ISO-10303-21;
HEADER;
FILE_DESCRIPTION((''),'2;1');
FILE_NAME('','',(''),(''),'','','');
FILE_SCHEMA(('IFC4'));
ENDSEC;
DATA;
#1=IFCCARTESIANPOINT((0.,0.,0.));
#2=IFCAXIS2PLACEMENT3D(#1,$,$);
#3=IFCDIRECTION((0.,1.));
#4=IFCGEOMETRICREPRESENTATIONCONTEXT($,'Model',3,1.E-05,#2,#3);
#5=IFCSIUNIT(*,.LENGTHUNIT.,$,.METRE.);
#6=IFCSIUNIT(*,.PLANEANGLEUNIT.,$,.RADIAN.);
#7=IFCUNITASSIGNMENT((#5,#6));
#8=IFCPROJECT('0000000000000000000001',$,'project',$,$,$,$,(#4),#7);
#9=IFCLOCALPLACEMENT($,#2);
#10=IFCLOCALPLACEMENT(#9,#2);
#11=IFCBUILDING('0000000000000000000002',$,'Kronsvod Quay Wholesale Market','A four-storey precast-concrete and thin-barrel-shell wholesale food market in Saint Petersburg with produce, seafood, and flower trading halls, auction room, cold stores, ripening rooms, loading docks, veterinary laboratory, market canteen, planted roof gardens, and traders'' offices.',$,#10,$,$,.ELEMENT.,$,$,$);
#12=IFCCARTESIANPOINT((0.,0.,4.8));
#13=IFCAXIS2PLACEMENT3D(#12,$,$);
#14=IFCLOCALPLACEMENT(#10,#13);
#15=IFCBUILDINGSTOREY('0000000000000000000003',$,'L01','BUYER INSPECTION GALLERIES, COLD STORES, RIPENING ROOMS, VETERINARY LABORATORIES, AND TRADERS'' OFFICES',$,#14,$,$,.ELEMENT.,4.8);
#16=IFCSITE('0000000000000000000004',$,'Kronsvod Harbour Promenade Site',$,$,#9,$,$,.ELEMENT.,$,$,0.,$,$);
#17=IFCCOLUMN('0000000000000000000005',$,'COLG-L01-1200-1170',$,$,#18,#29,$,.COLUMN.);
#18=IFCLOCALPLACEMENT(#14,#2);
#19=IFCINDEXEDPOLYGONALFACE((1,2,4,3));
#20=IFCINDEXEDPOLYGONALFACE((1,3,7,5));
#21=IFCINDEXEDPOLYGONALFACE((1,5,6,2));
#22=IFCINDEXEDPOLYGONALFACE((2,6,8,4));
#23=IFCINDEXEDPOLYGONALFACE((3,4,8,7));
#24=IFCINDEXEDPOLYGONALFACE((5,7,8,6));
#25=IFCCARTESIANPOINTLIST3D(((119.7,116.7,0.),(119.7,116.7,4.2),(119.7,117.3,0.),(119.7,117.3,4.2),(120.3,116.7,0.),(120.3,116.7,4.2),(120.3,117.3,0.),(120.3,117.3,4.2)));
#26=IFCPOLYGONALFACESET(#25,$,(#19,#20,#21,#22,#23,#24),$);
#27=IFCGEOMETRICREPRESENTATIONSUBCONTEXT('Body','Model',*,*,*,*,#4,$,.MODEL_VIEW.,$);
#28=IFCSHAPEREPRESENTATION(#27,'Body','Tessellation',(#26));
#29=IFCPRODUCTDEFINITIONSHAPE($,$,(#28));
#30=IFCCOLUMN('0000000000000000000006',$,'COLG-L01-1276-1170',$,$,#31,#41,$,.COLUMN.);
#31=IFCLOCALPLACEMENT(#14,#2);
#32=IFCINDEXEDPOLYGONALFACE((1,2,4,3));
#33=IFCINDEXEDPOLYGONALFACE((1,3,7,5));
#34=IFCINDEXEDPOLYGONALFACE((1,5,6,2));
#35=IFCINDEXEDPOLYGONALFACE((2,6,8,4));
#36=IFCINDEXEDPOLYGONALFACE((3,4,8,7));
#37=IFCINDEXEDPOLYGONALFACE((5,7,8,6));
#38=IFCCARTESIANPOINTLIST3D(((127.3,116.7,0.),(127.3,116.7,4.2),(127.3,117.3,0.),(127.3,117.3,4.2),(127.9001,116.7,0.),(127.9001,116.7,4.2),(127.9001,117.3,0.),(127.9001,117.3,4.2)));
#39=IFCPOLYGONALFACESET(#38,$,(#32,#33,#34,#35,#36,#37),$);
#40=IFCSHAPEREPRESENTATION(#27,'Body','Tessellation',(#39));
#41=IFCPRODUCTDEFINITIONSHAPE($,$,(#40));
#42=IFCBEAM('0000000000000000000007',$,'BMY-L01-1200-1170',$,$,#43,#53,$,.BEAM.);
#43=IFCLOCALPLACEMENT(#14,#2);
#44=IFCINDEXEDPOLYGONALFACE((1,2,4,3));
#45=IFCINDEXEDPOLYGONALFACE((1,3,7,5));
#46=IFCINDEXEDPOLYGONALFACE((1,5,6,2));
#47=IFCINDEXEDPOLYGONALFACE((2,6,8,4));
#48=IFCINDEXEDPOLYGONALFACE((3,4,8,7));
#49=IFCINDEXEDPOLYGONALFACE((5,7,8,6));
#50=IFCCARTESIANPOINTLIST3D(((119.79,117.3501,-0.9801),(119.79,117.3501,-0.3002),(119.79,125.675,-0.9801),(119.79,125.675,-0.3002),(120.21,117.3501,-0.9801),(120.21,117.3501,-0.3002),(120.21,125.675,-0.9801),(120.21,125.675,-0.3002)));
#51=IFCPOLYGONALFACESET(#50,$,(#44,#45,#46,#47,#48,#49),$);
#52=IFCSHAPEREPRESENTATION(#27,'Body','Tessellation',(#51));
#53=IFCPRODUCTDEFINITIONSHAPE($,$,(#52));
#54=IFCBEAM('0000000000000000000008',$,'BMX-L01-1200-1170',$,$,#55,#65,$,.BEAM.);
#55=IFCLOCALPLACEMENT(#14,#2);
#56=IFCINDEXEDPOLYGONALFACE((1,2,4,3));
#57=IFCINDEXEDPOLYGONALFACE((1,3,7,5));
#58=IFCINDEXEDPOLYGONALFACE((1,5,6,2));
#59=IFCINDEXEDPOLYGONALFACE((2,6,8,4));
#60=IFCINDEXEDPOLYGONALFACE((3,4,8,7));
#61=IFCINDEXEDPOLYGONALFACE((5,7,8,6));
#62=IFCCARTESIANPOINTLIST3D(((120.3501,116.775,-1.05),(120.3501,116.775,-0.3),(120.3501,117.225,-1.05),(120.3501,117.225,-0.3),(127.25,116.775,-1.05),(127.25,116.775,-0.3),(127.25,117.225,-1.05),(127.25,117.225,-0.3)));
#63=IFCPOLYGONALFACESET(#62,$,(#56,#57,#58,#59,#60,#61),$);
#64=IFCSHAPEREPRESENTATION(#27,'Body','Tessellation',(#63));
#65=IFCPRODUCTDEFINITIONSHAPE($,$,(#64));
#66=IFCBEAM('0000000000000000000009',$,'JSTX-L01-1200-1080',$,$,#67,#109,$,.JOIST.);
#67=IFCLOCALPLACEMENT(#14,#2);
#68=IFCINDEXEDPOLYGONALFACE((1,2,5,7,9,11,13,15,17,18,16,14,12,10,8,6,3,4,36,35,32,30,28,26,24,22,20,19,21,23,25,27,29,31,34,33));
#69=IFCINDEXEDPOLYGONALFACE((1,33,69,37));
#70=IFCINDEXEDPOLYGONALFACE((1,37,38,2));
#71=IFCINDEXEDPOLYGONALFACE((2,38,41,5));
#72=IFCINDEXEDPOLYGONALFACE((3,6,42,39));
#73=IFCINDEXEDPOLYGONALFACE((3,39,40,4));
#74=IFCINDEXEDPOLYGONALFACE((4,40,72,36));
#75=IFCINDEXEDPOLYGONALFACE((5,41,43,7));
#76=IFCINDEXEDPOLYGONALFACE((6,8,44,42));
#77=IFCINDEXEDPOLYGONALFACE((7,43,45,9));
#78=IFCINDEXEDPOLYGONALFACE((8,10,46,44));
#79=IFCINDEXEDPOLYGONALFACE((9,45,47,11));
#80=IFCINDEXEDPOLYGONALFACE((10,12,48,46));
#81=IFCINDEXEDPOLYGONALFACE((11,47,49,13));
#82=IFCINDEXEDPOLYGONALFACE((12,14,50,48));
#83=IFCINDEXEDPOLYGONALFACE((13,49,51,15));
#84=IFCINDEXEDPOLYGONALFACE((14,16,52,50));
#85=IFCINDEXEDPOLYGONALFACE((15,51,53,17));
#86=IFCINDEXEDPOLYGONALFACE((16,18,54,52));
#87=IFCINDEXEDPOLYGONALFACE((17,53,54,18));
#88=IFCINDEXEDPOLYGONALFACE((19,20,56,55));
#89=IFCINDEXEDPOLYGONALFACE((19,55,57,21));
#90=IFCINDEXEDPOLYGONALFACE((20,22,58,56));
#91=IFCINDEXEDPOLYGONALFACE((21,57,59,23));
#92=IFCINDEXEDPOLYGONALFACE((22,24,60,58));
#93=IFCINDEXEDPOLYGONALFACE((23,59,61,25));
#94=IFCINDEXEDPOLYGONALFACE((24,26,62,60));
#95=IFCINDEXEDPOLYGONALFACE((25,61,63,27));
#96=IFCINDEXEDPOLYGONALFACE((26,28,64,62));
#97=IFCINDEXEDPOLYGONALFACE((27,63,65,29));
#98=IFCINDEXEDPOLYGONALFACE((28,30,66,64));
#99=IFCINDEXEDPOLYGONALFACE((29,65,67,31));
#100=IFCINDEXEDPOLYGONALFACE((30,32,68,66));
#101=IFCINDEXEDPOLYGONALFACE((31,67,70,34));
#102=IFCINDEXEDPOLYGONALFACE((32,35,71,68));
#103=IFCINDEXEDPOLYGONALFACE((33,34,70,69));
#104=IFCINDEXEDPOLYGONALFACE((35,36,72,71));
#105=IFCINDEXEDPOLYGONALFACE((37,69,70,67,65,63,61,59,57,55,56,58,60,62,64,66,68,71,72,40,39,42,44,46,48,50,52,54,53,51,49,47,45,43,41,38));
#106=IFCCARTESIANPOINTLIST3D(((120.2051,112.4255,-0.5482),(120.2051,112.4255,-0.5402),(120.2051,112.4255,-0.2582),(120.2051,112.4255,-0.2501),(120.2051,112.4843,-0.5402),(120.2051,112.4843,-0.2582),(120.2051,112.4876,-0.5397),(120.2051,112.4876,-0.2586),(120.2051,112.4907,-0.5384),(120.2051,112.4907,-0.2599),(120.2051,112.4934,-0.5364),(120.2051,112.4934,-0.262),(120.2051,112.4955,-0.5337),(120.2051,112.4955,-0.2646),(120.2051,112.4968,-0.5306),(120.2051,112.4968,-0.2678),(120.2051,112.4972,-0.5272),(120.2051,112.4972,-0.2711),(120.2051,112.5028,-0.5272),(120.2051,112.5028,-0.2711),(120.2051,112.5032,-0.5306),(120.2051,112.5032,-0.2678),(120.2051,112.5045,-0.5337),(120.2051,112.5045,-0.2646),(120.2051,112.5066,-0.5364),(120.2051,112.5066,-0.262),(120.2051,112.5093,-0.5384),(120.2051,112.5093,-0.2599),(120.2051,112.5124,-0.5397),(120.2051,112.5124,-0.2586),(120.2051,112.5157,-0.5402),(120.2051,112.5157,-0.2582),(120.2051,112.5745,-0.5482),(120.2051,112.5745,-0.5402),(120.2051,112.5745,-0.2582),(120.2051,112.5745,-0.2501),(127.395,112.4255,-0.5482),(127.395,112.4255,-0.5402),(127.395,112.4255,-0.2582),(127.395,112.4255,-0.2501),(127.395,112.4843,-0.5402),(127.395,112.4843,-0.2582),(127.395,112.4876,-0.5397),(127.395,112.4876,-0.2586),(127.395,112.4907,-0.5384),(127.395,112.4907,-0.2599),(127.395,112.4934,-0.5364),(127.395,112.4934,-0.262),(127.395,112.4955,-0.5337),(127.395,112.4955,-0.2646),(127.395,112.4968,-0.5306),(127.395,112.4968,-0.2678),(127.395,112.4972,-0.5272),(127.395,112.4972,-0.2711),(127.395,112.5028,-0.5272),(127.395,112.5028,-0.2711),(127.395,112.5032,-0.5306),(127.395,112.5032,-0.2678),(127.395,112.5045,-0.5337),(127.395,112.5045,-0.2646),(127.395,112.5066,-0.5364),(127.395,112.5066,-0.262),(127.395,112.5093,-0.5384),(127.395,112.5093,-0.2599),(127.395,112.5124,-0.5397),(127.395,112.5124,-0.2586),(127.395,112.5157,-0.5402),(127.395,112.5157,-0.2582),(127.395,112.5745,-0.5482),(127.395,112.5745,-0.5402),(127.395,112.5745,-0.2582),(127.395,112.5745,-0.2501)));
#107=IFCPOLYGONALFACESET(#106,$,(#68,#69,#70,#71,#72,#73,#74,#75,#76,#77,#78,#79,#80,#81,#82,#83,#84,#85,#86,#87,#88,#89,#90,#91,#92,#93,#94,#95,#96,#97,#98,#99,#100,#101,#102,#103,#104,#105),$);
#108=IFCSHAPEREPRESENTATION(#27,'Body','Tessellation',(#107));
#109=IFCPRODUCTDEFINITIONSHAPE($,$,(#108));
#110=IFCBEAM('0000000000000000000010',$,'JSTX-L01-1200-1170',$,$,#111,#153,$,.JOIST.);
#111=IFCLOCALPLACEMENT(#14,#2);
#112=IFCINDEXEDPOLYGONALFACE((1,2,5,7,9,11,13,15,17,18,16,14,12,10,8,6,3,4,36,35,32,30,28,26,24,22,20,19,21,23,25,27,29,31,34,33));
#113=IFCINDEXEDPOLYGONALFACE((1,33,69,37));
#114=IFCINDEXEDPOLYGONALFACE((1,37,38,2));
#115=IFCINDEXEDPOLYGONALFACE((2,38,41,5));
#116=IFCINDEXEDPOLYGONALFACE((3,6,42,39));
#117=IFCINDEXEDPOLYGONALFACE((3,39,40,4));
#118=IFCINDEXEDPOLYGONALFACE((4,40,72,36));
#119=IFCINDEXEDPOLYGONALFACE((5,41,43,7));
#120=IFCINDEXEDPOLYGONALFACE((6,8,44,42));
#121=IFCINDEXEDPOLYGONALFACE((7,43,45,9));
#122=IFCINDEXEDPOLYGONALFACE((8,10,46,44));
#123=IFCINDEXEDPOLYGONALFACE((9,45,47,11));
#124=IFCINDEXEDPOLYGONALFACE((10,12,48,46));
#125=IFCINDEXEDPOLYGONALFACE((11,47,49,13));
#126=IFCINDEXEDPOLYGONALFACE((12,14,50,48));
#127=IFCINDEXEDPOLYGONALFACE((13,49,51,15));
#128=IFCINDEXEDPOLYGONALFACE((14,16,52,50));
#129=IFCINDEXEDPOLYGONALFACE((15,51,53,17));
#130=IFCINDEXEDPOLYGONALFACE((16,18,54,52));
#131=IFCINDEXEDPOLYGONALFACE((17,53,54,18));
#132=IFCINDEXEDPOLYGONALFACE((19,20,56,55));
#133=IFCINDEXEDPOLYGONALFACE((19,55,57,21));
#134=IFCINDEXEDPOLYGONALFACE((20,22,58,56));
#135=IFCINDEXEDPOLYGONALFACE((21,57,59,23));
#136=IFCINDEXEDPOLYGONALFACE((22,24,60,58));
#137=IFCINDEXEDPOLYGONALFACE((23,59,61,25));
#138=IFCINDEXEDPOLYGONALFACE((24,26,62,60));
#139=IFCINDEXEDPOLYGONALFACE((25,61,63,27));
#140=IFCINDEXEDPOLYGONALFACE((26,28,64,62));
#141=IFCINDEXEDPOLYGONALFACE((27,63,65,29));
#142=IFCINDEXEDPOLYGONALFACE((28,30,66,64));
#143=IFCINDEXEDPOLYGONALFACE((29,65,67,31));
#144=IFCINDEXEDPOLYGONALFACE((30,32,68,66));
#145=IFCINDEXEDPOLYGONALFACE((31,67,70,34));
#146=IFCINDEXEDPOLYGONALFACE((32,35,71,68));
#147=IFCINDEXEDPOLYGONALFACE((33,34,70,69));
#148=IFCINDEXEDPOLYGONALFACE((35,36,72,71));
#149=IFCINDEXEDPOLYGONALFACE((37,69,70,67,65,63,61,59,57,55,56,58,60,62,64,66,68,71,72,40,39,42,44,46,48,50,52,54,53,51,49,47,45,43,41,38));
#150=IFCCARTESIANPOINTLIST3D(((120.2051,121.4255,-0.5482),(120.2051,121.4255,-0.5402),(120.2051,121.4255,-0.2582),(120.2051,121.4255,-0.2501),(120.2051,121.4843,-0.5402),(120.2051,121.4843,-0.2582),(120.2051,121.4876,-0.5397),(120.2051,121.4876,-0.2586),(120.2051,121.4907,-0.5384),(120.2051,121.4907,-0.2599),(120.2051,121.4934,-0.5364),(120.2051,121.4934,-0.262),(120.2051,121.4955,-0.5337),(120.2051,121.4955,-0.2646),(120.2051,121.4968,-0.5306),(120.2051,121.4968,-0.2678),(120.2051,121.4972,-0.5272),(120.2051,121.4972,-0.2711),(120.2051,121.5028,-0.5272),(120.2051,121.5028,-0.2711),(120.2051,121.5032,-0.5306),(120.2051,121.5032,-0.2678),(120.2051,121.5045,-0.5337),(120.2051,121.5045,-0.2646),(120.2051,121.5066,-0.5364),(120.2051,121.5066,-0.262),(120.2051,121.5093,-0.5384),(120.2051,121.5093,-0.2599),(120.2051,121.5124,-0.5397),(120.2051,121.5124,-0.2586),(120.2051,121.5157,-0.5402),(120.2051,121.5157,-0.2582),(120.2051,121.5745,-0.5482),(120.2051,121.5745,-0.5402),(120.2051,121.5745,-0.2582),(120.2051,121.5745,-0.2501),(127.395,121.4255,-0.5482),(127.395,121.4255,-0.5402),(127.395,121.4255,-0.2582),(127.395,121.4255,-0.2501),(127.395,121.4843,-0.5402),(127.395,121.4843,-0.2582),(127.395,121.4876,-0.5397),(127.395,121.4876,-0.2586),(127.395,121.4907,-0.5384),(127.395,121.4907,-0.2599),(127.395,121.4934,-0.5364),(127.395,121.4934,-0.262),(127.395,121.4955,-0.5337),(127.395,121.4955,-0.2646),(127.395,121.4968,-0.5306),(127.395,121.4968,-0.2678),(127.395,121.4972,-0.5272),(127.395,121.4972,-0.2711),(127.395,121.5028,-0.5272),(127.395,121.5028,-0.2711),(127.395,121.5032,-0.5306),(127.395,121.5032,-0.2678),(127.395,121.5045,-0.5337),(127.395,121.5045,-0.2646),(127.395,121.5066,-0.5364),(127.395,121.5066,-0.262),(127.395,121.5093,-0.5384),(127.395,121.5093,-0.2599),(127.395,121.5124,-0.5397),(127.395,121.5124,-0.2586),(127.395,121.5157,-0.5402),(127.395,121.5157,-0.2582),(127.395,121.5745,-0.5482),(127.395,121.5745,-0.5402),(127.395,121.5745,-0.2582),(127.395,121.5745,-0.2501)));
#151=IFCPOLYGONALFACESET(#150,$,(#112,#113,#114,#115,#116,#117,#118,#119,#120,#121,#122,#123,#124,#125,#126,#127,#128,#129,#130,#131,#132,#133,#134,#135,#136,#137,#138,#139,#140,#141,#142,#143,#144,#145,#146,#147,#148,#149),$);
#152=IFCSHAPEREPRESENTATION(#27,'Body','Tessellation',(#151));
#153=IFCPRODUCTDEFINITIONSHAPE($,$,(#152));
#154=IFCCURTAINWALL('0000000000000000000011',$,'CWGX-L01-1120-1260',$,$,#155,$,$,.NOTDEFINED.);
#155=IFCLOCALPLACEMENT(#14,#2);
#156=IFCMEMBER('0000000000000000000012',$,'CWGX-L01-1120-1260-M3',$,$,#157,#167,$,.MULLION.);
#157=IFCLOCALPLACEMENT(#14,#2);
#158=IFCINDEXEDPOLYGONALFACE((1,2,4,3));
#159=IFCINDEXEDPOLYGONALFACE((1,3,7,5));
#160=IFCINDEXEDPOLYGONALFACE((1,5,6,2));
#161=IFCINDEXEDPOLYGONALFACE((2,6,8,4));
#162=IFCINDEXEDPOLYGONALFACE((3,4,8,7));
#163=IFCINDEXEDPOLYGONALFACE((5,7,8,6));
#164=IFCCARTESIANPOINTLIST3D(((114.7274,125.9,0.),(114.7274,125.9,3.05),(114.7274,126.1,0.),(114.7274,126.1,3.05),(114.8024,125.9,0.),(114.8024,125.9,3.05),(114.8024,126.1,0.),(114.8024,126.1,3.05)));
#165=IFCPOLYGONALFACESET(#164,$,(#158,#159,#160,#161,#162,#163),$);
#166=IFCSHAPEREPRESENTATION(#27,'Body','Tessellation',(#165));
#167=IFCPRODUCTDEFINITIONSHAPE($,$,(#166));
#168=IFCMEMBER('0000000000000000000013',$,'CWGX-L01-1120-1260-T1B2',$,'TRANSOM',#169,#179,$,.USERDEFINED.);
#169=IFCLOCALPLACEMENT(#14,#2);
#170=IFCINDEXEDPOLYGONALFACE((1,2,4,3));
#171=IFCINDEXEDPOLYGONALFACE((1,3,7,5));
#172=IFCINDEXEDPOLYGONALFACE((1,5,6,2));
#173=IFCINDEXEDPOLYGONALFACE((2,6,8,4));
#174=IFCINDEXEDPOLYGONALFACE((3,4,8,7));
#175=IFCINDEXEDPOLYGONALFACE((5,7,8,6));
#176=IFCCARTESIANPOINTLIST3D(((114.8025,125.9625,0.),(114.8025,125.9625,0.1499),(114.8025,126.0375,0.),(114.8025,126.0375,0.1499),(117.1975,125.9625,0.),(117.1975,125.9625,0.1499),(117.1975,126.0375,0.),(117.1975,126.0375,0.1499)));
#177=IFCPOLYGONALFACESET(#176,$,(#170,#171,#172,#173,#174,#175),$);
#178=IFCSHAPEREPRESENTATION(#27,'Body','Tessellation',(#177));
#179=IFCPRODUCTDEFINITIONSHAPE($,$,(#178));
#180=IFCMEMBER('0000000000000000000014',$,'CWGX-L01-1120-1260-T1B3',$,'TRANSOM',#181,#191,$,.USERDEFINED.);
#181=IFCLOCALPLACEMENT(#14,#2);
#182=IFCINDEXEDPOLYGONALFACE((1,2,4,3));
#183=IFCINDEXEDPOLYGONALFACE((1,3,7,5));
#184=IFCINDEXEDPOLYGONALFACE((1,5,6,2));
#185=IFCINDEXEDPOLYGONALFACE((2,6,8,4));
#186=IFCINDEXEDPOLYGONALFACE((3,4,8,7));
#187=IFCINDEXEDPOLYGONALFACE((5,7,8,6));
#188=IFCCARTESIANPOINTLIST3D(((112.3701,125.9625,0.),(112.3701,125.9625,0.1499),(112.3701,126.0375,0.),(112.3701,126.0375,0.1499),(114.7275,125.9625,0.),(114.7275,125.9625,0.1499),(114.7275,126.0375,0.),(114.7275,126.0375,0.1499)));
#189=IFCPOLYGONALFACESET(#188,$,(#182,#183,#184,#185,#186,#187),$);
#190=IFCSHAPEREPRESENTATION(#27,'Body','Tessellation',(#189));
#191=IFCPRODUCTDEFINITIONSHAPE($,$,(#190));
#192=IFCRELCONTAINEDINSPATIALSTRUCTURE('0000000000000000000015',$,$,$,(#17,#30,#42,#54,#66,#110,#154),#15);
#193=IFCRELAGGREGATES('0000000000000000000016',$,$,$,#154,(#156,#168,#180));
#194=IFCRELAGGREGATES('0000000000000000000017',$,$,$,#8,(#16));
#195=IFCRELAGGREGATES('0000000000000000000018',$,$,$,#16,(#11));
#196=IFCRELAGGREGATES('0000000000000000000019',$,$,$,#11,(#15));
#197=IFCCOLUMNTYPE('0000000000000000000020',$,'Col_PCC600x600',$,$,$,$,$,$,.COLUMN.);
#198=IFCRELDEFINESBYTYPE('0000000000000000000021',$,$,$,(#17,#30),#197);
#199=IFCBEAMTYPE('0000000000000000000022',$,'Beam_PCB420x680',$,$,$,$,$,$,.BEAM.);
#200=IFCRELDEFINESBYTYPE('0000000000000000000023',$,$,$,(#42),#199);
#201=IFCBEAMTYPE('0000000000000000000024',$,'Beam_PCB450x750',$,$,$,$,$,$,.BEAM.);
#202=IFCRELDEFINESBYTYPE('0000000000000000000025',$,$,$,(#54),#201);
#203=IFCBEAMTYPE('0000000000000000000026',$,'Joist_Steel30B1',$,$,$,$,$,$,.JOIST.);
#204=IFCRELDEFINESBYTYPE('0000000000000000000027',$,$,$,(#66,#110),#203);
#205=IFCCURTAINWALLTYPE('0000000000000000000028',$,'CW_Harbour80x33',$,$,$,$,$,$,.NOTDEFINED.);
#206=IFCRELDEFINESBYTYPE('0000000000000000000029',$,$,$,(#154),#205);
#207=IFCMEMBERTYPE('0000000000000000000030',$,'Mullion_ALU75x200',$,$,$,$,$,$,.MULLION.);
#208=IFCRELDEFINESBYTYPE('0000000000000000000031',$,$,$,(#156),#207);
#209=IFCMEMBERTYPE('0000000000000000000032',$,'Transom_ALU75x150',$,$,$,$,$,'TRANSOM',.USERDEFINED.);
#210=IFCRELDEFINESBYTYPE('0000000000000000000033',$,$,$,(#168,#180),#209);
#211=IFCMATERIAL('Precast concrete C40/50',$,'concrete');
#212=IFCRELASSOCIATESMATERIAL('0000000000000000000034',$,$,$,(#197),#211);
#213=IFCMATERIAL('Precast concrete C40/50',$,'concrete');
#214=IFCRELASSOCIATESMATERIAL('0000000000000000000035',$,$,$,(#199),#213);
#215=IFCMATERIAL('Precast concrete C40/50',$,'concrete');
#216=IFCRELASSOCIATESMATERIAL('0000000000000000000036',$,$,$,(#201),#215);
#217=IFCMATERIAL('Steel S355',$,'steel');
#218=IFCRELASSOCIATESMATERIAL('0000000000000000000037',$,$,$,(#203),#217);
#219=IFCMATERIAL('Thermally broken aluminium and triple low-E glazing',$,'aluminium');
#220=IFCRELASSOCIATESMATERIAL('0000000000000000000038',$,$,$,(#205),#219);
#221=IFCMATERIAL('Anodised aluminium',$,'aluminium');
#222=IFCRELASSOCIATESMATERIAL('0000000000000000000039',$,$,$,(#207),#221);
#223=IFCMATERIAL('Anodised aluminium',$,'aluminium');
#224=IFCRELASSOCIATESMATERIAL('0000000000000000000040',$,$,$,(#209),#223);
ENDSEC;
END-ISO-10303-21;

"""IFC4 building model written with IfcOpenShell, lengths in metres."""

from ifc_helpers import new_model, si_unit, direction, frame, origin, origin_2d, place, context, subcontext, project, spatial, rectangle, i_section, extrude, material, material_profile, profile_set, type_object, element, aggregate, save


model = new_model("IFC4")

# Units and contexts
model_context = context("Model", 3, precision=1e-05, world=origin(), true_north=direction((0.0, 1.0)))
body_context = subcontext(model_context, "Body", "Model", "MODEL_VIEW")
ifc_project = project(units=[si_unit("LENGTHUNIT", "METRE"), si_unit("PLANEANGLEUNIT", "RADIAN")], contexts=[model_context])

# Site, building, storey
site_placement = place(None, origin())
site = spatial("IfcSite", under=ifc_project, at=site_placement, Name="Kronsvod Harbour Promenade Site", CompositionType="ELEMENT", RefElevation=0.0)
building_placement = place(site_placement, origin())
building = spatial("IfcBuilding", under=site, at=building_placement, Name="Kronsvod Quay Wholesale Market", Description="A four-storey precast-concrete and thin-barrel-shell wholesale food market in Saint Petersburg with produce, seafood, and flower trading halls, auction room, cold stores, ripening rooms, loading docks, veterinary laboratory, market canteen, planted roof gardens, and traders' offices.", CompositionType="ELEMENT")
storey_placement = place(building_placement, frame((0.0, 0.0, 4.8)))
storey = spatial("IfcBuildingStorey", under=building, at=storey_placement, Name="L01", Description="BUYER INSPECTION GALLERIES, COLD STORES, RIPENING ROOMS, VETERINARY LABORATORIES, AND TRADERS' OFFICES", CompositionType="ELEMENT", Elevation=4.8)

# Columns
ifc_material_1 = material(Name="Precast concrete C40/50", Category="concrete")
ifc_material_profile_1 = material_profile(ifc_material_1, rectangle(XDim=0.6001, YDim=0.6001, at=origin_2d()), Name="PCC600x600")
ifc_profile_set_1 = profile_set([ifc_material_profile_1], Name="Precast concrete C40/50")
column_type = type_object("IfcColumnType", Name="Col_PCC600x600", PredefinedType="COLUMN", material=ifc_profile_set_1)
for number, where, z_axis, x_axis, name in (
    (1, (120.0, 117.0, 0.0), (0.0, 0.0, 1.0), (1.0, 0.0, 0.0), "COLG-L01-1200-1170"),
    (2, (127.6001, 117.0, 0.0), (0.0, 0.0, 1.0), (1.0, 0.0, 0.0), "COLG-L01-1276-1170"),
):
    element("IfcColumn", number, at=place(storey_placement, frame(where, z_axis=z_axis, x_axis=x_axis)), inside=storey, type_object=column_type, Name=name, PredefinedType="COLUMN", context=body_context, shape_type="SweptSolid", body=[
        extrude(rectangle(XDim=0.6001, YDim=0.6001, at=origin_2d()), origin(), (0.0, 0.0, 1.0), 4.2),
    ])

# Beams
ifc_material_2 = material(Name="Precast concrete C40/50", Category="concrete")
ifc_material_profile_2 = material_profile(ifc_material_2, rectangle(XDim=0.4199, YDim=0.6799, at=origin_2d()), Name="PB-05")
ifc_profile_set_2 = profile_set([ifc_material_profile_2], Name="Precast concrete C40/50")
beam_type_1 = type_object("IfcBeamType", Name="Beam_PCB420x680", PredefinedType="BEAM", material=ifc_profile_set_2)
beam_1_placement = place(storey_placement, frame((120.0, 117.3501, -0.6401), z_axis=(0.0, 1.0, 0.0), x_axis=(-1.0, 0.0, 0.0)))
element("IfcBeam", 3, at=beam_1_placement, inside=storey, type_object=beam_type_1, Name="BMY-L01-1200-1170", PredefinedType="BEAM", context=body_context, shape_type="SweptSolid", body=[
    extrude(rectangle(XDim=0.4199, YDim=0.6799, at=origin_2d()), origin(), (0.0, 0.0, 1.0), 8.325),
])
ifc_material_3 = material(Name="Precast concrete C40/50", Category="concrete")
ifc_material_profile_3 = material_profile(ifc_material_3, rectangle(XDim=0.45, YDim=0.75, at=origin_2d()), Name="PCB450x750")
ifc_profile_set_3 = profile_set([ifc_material_profile_3], Name="Precast concrete C40/50")
beam_type_2 = type_object("IfcBeamType", Name="Beam_PCB450x750", PredefinedType="BEAM", material=ifc_profile_set_3)
beam_2_placement = place(storey_placement, frame((120.3501, 117.0, -0.675), z_axis=(1.0, 0.0, 0.0), x_axis=(0.0, 1.0, 0.0)))
element("IfcBeam", 4, at=beam_2_placement, inside=storey, type_object=beam_type_2, Name="BMX-L01-1200-1170", PredefinedType="BEAM", context=body_context, shape_type="SweptSolid", body=[
    extrude(rectangle(XDim=0.45, YDim=0.75, at=origin_2d()), origin(), (0.0, 0.0, 1.0), 6.8999),
])
ifc_material_4 = material(Name="Steel S355", Category="steel")
ifc_material_profile_4 = material_profile(ifc_material_4, i_section(OverallWidth=0.1489, OverallDepth=0.2981, WebThickness=0.0056, FlangeThickness=0.0081, FilletRadius=0.0129, at=origin_2d()), Name="30B1")
ifc_profile_set_4 = profile_set([ifc_material_profile_4], Name="Steel S355")
beam_type_3 = type_object("IfcBeamType", Name="Joist_Steel30B1", PredefinedType="JOIST", material=ifc_profile_set_4)
for number, where, z_axis, x_axis, name in (
    (5, (120.2051, 112.5, -0.3992), (1.0, 0.0, 0.0), (0.0, 1.0, 0.0), "JSTX-L01-1200-1080"),
    (6, (120.2051, 121.5, -0.3992), (1.0, 0.0, 0.0), (0.0, 1.0, 0.0), "JSTX-L01-1200-1170"),
):
    element("IfcBeam", number, at=place(storey_placement, frame(where, z_axis=z_axis, x_axis=x_axis)), inside=storey, type_object=beam_type_3, Name=name, PredefinedType="JOIST", context=body_context, shape_type="SweptSolid", body=[
        extrude(i_section(OverallWidth=0.1489, OverallDepth=0.2981, WebThickness=0.0056, FlangeThickness=0.0081, FilletRadius=0.0129, at=origin_2d()), origin(), (0.0, 0.0, 1.0), 7.1899),
    ])

# Curtain wall, members
ifc_material_5 = material(Name="Thermally broken aluminium and triple low-E glazing", Category="aluminium")
curtain_wall_type = type_object("IfcCurtainWallType", Name="CW_Harbour80x33", PredefinedType="NOTDEFINED", material=ifc_material_5)
curtain_wall_placement = place(storey_placement, origin())
curtain_wall = element("IfcCurtainWall", 7, at=curtain_wall_placement, inside=storey, type_object=curtain_wall_type, Name="CWGX-L01-1120-1260", PredefinedType="NOTDEFINED")
ifc_material_6 = material(Name="Anodised aluminium", Category="aluminium")
ifc_material_profile_5 = material_profile(ifc_material_6, rectangle(XDim=0.075, YDim=0.2, at=origin_2d()), Name="ALUM75x200")
ifc_profile_set_5 = profile_set([ifc_material_profile_5], Name="Anodised aluminium")
member_type_1 = type_object("IfcMemberType", Name="Mullion_ALU75x200", PredefinedType="MULLION", material=ifc_profile_set_5)
member_1_placement = place(storey_placement, frame((114.7649, 126.0, 0.0), z_axis=(0.0, 0.0, 1.0), x_axis=(1.0, 0.0, 0.0)))
member_1 = element("IfcMember", 8, at=member_1_placement, type_object=member_type_1, Name="CWGX-L01-1120-1260-M3", PredefinedType="MULLION", context=body_context, shape_type="SweptSolid", body=[
    extrude(rectangle(XDim=0.075, YDim=0.2, at=origin_2d()), origin(), (0.0, 0.0, 1.0), 3.05),
])
ifc_material_7 = material(Name="Anodised aluminium", Category="aluminium")
ifc_material_profile_6 = material_profile(ifc_material_7, rectangle(XDim=0.075, YDim=0.1499, at=origin_2d()), Name="ALUT75x150")
ifc_profile_set_6 = profile_set([ifc_material_profile_6], Name="Anodised aluminium")
member_type_2 = type_object("IfcMemberType", Name="Transom_ALU75x150", ElementType="TRANSOM", PredefinedType="USERDEFINED", material=ifc_profile_set_6)
member_2_placement = place(storey_placement, frame((117.1975, 126.0, 0.075), z_axis=(-1.0, 0.0, 0.0), x_axis=(0.0, -1.0, 0.0)))
member_2 = element("IfcMember", 9, at=member_2_placement, type_object=member_type_2, Name="CWGX-L01-1120-1260-T1B2", ObjectType="TRANSOM", PredefinedType="USERDEFINED", context=body_context, shape_type="SweptSolid", body=[
    extrude(rectangle(XDim=0.075, YDim=0.1499, at=origin_2d()), origin(), (0.0, 0.0, 1.0), 2.395),
])
member_3_placement = place(storey_placement, frame((114.7275, 126.0, 0.075), z_axis=(-1.0, 0.0, 0.0), x_axis=(0.0, -1.0, 0.0)))
member_3 = element("IfcMember", 10, at=member_3_placement, type_object=member_type_2, Name="CWGX-L01-1120-1260-T1B3", ObjectType="TRANSOM", PredefinedType="USERDEFINED", context=body_context, shape_type="SweptSolid", body=[
    extrude(rectangle(XDim=0.075, YDim=0.1499, at=origin_2d()), origin(), (0.0, 0.0, 1.0), 2.3574),
])
aggregate(curtain_wall, [member_1, member_2, member_3])

save(model, "model.ifc")
